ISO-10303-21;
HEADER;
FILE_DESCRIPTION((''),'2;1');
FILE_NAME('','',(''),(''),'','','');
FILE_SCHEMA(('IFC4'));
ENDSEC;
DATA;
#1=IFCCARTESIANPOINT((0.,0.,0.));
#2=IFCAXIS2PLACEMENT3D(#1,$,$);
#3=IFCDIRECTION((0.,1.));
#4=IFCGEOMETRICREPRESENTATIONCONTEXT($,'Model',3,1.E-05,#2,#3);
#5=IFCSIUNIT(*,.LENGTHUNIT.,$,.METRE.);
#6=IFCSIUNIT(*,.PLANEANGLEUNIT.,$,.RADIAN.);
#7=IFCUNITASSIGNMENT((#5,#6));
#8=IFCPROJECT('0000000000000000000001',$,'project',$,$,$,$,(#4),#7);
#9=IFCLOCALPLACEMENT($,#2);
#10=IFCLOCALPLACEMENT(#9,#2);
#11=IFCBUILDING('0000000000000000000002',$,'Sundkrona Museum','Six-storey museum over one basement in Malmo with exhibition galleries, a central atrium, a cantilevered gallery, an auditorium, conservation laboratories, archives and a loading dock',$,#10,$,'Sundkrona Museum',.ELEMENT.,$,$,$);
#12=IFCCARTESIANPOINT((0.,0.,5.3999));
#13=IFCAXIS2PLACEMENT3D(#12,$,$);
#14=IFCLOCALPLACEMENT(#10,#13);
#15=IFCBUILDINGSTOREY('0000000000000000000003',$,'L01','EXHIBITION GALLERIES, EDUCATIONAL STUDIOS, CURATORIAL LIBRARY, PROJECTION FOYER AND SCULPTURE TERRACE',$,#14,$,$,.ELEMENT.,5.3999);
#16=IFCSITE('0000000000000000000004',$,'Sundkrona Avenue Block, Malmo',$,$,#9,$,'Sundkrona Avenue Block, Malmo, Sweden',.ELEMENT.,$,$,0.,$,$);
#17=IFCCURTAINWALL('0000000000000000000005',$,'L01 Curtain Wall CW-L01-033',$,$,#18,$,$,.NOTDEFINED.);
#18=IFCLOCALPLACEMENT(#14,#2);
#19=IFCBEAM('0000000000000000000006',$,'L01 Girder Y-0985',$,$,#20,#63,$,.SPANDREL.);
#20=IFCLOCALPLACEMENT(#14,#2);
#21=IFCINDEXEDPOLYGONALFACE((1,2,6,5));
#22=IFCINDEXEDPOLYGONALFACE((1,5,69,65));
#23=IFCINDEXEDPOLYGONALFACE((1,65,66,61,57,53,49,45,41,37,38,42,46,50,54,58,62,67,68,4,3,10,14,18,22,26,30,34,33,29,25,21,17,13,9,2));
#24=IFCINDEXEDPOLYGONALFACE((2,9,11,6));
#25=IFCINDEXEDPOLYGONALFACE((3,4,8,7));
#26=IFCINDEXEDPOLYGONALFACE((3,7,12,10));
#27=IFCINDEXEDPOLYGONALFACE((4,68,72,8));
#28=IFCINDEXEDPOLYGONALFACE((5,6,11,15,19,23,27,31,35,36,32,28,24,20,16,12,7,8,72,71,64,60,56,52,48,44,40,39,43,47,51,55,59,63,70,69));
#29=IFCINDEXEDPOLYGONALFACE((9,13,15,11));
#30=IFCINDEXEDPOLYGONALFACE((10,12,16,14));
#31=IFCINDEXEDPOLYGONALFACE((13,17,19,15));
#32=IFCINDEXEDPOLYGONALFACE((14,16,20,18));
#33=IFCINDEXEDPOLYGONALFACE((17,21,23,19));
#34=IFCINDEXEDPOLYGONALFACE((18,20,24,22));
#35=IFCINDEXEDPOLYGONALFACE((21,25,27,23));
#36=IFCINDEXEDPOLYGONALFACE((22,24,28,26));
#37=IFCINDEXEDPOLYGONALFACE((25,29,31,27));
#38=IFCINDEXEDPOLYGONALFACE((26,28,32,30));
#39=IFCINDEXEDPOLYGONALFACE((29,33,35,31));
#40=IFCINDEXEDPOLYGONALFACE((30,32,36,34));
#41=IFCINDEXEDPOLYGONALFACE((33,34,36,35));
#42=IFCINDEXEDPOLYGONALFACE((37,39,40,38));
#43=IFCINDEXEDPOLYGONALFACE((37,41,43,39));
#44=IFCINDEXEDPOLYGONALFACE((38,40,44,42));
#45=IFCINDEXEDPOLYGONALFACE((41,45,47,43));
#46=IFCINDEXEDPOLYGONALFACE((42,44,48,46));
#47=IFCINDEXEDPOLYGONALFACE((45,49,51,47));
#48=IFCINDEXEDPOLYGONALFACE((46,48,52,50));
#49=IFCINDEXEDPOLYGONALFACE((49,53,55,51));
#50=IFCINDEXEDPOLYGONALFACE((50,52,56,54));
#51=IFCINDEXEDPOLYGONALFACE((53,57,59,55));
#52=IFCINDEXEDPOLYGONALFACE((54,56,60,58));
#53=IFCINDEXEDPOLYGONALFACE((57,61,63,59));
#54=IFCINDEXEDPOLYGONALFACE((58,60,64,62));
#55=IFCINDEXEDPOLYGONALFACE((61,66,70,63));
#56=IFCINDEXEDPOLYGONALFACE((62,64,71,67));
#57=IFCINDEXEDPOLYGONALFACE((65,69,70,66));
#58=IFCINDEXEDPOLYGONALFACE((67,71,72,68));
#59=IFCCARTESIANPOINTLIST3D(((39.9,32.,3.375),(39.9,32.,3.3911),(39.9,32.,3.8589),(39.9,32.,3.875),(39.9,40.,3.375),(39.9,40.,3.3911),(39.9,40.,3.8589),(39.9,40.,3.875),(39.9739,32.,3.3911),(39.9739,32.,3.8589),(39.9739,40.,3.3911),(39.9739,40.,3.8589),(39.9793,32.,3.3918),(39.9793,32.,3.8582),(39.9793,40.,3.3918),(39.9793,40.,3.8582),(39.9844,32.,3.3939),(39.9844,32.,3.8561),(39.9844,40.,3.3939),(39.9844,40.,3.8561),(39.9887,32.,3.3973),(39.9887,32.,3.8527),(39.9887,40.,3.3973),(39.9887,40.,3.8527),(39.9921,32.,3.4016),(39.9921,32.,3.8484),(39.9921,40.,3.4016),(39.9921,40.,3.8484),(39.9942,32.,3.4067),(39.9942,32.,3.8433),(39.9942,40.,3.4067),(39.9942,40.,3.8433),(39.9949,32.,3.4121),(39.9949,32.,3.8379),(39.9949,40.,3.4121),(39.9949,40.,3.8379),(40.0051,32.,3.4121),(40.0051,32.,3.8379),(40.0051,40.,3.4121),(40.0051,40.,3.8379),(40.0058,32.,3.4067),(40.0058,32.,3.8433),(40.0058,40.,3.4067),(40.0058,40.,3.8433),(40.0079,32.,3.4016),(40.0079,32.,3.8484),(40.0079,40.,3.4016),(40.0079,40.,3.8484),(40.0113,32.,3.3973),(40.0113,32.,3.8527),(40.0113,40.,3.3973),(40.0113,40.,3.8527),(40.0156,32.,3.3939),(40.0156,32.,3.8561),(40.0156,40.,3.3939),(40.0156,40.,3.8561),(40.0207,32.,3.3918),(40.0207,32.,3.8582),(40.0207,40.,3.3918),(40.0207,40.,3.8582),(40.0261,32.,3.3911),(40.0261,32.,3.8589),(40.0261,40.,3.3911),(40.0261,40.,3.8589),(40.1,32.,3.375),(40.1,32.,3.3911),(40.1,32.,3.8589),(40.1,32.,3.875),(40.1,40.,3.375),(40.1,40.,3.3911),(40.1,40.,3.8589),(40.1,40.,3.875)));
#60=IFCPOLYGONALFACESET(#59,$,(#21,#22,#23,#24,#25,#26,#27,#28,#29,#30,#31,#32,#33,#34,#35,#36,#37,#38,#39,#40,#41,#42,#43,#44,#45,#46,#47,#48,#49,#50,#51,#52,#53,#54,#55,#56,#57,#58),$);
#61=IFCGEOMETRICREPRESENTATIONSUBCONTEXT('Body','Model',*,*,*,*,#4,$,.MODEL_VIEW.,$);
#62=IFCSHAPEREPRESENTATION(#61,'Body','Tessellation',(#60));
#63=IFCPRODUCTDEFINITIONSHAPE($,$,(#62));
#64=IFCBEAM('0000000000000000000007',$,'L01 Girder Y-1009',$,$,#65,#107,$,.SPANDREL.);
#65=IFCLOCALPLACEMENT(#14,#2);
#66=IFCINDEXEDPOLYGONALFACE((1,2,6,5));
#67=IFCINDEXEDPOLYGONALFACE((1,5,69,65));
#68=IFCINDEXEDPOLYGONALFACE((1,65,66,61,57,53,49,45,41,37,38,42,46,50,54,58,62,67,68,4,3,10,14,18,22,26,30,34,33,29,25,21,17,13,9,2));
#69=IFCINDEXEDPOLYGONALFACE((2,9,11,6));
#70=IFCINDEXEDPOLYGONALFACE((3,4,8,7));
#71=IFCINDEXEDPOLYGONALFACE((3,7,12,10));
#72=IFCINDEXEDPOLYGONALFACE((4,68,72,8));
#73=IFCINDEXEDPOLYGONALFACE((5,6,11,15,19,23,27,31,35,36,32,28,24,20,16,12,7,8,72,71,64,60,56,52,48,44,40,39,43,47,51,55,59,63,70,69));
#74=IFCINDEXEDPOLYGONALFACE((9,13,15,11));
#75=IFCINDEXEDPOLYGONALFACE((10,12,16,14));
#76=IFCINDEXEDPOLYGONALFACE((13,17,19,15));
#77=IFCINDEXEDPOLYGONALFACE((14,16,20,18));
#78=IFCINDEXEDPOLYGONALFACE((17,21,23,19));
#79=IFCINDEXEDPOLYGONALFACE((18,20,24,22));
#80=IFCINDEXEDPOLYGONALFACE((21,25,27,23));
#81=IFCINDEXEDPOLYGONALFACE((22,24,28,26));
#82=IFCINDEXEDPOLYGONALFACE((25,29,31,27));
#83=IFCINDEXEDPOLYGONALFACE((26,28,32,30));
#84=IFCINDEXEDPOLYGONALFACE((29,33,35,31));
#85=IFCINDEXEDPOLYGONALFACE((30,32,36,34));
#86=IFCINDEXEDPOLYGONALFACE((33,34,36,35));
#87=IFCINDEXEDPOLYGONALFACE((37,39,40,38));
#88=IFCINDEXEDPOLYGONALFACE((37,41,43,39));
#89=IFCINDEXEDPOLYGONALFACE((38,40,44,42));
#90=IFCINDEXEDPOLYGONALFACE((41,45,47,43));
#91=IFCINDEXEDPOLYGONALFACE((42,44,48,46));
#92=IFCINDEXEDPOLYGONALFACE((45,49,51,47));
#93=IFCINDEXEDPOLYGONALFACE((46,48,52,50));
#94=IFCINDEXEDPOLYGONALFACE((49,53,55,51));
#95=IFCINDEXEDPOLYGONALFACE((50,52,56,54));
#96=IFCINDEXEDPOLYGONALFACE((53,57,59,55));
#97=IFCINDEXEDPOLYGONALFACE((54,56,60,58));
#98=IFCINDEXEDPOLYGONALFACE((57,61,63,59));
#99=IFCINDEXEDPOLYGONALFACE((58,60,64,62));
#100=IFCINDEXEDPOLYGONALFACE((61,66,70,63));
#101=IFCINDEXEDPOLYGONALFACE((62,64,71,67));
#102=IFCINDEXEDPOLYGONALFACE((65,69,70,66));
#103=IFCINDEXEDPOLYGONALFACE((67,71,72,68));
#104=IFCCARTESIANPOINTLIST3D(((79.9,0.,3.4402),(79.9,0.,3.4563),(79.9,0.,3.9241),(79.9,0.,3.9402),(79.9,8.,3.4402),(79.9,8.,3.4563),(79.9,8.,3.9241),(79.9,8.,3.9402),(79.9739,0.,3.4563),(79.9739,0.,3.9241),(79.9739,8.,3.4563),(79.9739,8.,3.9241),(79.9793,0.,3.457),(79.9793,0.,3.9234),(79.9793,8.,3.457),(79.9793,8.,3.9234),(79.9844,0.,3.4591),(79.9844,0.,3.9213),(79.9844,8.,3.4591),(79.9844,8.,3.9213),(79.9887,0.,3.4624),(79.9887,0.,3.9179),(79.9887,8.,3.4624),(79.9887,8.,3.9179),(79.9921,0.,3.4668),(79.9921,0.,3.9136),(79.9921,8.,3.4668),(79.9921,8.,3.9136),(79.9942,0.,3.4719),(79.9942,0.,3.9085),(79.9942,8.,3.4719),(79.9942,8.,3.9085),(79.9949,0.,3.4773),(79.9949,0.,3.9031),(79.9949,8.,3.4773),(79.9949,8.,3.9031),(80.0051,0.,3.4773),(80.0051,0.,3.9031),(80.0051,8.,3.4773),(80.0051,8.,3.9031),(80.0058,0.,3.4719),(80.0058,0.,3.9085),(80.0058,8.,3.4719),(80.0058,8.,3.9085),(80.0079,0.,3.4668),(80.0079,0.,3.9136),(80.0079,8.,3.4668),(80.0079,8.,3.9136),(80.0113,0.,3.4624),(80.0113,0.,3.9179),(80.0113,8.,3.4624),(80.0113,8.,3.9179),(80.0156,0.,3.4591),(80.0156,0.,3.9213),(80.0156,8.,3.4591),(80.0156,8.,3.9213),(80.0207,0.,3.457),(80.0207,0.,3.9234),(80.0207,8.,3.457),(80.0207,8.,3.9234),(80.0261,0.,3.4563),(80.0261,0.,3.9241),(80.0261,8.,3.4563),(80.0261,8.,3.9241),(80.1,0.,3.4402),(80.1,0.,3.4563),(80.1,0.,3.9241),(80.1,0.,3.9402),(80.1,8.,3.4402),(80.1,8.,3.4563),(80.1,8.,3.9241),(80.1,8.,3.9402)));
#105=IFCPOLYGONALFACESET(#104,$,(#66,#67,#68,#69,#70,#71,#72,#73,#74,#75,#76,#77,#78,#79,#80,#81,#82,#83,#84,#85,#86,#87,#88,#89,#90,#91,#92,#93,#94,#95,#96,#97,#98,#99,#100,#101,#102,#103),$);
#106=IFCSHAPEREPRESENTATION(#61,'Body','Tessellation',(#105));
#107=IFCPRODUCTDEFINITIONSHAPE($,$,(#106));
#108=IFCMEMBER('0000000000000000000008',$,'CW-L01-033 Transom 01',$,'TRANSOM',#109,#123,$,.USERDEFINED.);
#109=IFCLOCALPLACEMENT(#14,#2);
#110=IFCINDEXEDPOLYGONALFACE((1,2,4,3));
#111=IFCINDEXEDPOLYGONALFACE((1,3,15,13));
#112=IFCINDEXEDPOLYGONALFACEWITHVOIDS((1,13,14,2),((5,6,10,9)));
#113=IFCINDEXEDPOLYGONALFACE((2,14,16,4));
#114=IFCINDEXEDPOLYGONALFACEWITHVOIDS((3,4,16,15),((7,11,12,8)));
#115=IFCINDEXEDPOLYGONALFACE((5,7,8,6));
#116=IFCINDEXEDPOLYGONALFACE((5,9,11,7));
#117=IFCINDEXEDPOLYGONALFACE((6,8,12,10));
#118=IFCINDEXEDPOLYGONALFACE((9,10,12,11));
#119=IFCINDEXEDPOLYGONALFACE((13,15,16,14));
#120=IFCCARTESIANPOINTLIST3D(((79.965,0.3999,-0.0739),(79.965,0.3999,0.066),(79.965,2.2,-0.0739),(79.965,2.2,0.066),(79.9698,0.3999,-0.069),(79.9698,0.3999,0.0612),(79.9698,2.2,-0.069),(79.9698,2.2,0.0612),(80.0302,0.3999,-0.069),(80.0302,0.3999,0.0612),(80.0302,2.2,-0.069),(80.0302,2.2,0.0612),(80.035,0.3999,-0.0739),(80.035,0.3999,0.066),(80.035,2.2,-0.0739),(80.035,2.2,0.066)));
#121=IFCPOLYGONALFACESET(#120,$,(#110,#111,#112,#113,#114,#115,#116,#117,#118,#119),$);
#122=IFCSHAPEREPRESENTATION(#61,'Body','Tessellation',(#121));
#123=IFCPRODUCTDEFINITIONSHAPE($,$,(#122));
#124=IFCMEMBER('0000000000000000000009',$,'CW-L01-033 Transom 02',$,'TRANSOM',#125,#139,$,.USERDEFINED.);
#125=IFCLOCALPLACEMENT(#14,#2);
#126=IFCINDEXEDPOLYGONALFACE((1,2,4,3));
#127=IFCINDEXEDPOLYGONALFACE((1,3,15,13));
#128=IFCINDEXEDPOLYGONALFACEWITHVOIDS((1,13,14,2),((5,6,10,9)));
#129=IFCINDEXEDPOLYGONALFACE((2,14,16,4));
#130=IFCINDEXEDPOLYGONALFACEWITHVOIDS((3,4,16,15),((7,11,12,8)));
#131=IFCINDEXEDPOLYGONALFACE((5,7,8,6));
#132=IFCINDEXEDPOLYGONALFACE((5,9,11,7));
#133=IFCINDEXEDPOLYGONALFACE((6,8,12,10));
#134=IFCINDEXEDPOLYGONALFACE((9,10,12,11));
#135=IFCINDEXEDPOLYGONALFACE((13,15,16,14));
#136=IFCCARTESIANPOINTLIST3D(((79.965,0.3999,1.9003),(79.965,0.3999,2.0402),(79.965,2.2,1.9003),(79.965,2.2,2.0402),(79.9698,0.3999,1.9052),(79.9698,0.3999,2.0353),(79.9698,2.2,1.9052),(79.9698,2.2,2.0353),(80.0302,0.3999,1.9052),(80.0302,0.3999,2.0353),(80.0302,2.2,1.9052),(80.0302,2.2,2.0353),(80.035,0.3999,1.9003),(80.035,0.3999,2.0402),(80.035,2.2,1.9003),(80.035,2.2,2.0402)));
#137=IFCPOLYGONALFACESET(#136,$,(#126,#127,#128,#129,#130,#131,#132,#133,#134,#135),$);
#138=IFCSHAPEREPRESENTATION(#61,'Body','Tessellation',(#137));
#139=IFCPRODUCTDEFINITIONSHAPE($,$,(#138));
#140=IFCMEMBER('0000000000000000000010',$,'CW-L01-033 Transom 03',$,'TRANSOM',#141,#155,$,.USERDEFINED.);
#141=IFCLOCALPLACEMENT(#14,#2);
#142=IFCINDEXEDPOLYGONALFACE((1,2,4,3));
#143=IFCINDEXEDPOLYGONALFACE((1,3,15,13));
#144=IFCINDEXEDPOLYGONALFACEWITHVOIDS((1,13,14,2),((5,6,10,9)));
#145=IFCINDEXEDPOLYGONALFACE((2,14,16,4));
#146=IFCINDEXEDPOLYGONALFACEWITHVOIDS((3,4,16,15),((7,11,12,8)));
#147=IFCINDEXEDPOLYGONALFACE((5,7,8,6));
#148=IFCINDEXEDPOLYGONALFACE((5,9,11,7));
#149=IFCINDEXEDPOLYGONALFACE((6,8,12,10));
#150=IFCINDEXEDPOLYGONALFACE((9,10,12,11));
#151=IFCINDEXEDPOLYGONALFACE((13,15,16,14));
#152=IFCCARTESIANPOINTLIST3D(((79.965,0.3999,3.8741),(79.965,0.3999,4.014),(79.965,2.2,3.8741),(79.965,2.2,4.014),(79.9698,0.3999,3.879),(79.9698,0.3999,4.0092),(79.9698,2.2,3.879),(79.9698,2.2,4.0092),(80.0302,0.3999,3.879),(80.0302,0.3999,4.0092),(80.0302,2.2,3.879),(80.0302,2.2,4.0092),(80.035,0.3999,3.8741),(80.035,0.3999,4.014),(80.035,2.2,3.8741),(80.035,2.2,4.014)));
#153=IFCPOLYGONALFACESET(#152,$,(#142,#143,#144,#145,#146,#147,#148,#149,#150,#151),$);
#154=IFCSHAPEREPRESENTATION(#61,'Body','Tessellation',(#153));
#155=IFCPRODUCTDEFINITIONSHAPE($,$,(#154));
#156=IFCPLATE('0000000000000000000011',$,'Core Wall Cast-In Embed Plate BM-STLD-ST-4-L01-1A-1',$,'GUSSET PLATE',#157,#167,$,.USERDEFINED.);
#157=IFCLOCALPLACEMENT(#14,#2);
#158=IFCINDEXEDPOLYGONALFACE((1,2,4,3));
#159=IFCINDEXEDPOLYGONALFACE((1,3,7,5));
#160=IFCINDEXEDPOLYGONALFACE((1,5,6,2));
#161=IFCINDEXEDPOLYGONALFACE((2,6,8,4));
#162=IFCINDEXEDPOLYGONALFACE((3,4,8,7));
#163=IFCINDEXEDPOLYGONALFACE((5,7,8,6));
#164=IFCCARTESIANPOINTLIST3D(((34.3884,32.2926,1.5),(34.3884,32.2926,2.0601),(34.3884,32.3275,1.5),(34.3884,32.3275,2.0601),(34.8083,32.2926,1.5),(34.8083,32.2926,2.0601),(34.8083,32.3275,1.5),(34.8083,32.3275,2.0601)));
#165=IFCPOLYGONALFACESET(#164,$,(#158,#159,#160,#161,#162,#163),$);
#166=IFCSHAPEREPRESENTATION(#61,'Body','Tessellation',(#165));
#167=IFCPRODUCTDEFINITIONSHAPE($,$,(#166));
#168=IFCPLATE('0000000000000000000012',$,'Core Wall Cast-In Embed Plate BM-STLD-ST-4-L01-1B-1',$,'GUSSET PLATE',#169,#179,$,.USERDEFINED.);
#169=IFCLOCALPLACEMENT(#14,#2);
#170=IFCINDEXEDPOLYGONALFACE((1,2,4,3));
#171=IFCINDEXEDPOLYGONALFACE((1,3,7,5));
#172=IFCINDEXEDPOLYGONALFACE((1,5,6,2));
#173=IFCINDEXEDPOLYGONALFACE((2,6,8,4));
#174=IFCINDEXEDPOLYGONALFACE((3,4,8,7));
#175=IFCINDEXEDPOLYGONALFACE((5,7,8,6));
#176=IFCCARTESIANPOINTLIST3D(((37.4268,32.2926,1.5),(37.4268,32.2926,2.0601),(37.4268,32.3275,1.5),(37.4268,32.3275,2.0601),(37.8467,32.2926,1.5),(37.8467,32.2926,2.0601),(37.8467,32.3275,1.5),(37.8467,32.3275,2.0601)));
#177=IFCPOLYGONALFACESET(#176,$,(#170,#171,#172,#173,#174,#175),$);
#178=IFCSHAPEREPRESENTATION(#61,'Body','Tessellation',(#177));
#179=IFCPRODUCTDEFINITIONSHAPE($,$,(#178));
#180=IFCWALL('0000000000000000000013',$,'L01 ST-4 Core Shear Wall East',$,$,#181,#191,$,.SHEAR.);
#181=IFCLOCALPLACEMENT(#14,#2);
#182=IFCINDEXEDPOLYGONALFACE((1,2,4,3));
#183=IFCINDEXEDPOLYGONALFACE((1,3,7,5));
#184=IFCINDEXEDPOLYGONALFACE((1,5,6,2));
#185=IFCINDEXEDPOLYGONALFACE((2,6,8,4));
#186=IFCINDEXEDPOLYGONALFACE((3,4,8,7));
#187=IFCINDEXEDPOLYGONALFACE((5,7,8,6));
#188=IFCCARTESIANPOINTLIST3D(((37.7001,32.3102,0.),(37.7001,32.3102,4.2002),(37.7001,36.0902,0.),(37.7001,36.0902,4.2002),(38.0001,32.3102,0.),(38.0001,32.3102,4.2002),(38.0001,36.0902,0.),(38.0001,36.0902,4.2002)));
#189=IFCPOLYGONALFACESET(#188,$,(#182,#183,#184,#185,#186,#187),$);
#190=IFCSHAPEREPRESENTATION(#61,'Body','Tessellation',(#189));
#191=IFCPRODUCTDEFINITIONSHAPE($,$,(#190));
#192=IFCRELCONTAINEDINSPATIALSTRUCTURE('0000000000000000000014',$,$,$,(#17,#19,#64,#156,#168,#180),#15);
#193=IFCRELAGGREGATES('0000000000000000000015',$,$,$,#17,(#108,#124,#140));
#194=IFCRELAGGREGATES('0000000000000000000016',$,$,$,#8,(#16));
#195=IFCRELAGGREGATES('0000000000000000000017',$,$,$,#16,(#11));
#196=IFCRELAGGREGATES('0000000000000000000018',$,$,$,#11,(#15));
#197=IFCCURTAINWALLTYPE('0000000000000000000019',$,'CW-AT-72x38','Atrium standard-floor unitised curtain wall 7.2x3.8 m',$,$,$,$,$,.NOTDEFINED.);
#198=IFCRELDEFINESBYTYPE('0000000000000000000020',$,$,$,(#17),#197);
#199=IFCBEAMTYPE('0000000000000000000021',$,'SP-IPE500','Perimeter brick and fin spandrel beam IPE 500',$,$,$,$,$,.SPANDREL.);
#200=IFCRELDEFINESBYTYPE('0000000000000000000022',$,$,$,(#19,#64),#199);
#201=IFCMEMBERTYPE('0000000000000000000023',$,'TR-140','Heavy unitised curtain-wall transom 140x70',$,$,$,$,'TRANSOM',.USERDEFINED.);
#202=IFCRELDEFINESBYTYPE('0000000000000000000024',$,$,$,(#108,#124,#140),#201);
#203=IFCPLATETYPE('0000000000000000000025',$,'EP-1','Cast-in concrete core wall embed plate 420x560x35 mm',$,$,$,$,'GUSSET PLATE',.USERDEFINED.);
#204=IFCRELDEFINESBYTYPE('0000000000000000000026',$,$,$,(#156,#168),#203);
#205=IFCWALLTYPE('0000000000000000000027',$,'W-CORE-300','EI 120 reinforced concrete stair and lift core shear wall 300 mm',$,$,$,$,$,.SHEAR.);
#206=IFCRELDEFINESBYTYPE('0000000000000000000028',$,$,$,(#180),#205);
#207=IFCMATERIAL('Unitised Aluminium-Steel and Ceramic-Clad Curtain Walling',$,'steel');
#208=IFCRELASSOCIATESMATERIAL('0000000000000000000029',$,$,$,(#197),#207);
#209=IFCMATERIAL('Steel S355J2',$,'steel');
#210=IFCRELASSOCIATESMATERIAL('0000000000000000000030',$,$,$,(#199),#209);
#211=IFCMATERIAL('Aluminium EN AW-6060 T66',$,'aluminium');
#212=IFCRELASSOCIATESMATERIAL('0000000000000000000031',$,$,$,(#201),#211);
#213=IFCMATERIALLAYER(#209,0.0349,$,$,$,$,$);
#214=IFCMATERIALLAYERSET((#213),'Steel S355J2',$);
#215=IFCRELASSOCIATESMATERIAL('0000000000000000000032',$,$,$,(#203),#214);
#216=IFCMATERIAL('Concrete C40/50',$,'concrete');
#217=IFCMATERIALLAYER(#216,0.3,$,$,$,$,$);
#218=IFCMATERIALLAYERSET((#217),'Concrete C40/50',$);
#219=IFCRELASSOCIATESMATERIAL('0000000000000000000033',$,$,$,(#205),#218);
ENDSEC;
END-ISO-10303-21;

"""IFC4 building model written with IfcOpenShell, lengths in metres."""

from ifc_helpers import new_model, si_unit, direction, frame, frame_2d, origin, origin_2d, place, context, subcontext, project, spatial, rectangle, hollow_rectangle, i_section, extrude, material, layer, layer_set, material_profile, profile_set, type_object, element, aggregate, save


model = new_model("IFC4")

# Units and contexts
model_context = context("Model", 3, precision=1e-05, world=origin(), true_north=direction((0.0, 1.0)))
body_context = subcontext(model_context, "Body", "Model", "MODEL_VIEW")
ifc_project = project(units=[si_unit("LENGTHUNIT", "METRE"), si_unit("PLANEANGLEUNIT", "RADIAN")], contexts=[model_context])

# Site, building, storey
site_placement = place(None, origin())
site = spatial("IfcSite", under=ifc_project, at=site_placement, Name="Sundkrona Avenue Block, Malmo", LongName="Sundkrona Avenue Block, Malmo, Sweden", CompositionType="ELEMENT", RefElevation=0.0)
building_placement = place(site_placement, origin())
building = spatial("IfcBuilding", under=site, at=building_placement, Name="Sundkrona Museum", Description="Six-storey museum over one basement in Malmo with exhibition galleries, a central atrium, a cantilevered gallery, an auditorium, conservation laboratories, archives and a loading dock", LongName="Sundkrona Museum", CompositionType="ELEMENT")
storey_placement = place(building_placement, frame((0.0, 0.0, 5.3999)))
storey = spatial("IfcBuildingStorey", under=building, at=storey_placement, Name="L01", Description="EXHIBITION GALLERIES, EDUCATIONAL STUDIOS, CURATORIAL LIBRARY, PROJECTION FOYER AND SCULPTURE TERRACE", CompositionType="ELEMENT", Elevation=5.3999)

# Shared definitions
ifc_material_1 = material(Name="Steel S355J2", Category="steel")

# Curtain wall
ifc_material_2 = material(Name="Unitised Aluminium-Steel and Ceramic-Clad Curtain Walling", Category="steel")
curtain_wall_type = type_object("IfcCurtainWallType", Name="CW-AT-72x38", Description="Atrium standard-floor unitised curtain wall 7.2x3.8 m", PredefinedType="NOTDEFINED", material=ifc_material_2)
curtain_wall_placement = place(storey_placement, origin())
curtain_wall = element("IfcCurtainWall", 1, at=curtain_wall_placement, inside=storey, type_object=curtain_wall_type, Name="L01 Curtain Wall CW-L01-033", PredefinedType="NOTDEFINED")
ifc_material_3 = material(Name="Aluminium EN AW-6060 T66", Category="aluminium")

# Beams
ifc_material_profile_1 = material_profile(ifc_material_1, i_section(OverallWidth=0.2, OverallDepth=0.5, WebThickness=0.0103, FlangeThickness=0.0161, FilletRadius=0.021, at=origin_2d()), Name="IPE 500")
ifc_profile_set_1 = profile_set([ifc_material_profile_1], Name="Steel S355J2")
beam_type_1 = type_object("IfcBeamType", Name="SP-IPE500", Description="Perimeter brick and fin spandrel beam IPE 500", PredefinedType="SPANDREL", material=ifc_profile_set_1)
for number, where, z_axis, x_axis, name in (
    (2, (40.0, 32.0, 3.625), (0.0, 1.0, 0.0), (-1.0, 0.0, 0.0), "L01 Girder Y-0985"),
    (3, (80.0, 0.0, 3.6902), (0.0, 1.0, 0.0), (-1.0, 0.0, 0.0), "L01 Girder Y-1009"),
):
    element("IfcBeam", number, at=place(storey_placement, frame(where, z_axis=z_axis, x_axis=x_axis)), inside=storey, type_object=beam_type_1, Name=name, PredefinedType="SPANDREL", context=body_context, shape_type="SweptSolid", body=[
        extrude(i_section(OverallWidth=0.2, OverallDepth=0.5, WebThickness=0.0103, FlangeThickness=0.0161, FilletRadius=0.021, at=origin_2d()), origin(), (0.0, 0.0, 1.0), 8.0),
    ])

# Members
ifc_material_profile_2 = material_profile(ifc_material_3, hollow_rectangle(XDim=0.0701, YDim=0.1399, WallThickness=0.0049, at=origin_2d()), Name="RHS 140x70x5.0")
ifc_profile_set_2 = profile_set([ifc_material_profile_2], Name="Aluminium EN AW-6060 T66")
member_type_1 = type_object("IfcMemberType", Name="TR-140", Description="Heavy unitised curtain-wall transom 140x70", ElementType="TRANSOM", PredefinedType="USERDEFINED", material=ifc_profile_set_2)
member_1_placement = place(storey_placement, frame((80.0, 0.3999, -0.0039), z_axis=(0.0, 1.0, 0.0), x_axis=(-1.0, 0.0, 0.0)))
member_1 = element("IfcMember", 4, at=member_1_placement, type_object=member_type_1, Name="CW-L01-033 Transom 01", ObjectType="TRANSOM", PredefinedType="USERDEFINED", context=body_context, shape_type="SweptSolid", body=[
    extrude(hollow_rectangle(XDim=0.0701, YDim=0.1399, WallThickness=0.0049, at=origin_2d()), origin(), (0.0, 0.0, 1.0), 1.8),
])
member_2_placement = place(storey_placement, frame((80.0, 0.3999, 1.9702), z_axis=(0.0, 1.0, 0.0), x_axis=(-1.0, 0.0, 0.0)))
member_2 = element("IfcMember", 5, at=member_2_placement, type_object=member_type_1, Name="CW-L01-033 Transom 02", ObjectType="TRANSOM", PredefinedType="USERDEFINED", context=body_context, shape_type="SweptSolid", body=[
    extrude(hollow_rectangle(XDim=0.0701, YDim=0.1399, WallThickness=0.0049, at=origin_2d()), origin(), (0.0, 0.0, 1.0), 1.8),
])
member_3_placement = place(storey_placement, frame((80.0, 0.3999, 3.9441), z_axis=(0.0, 1.0, 0.0), x_axis=(-1.0, 0.0, 0.0)))
member_3 = element("IfcMember", 6, at=member_3_placement, type_object=member_type_1, Name="CW-L01-033 Transom 03", ObjectType="TRANSOM", PredefinedType="USERDEFINED", context=body_context, shape_type="SweptSolid", body=[
    extrude(hollow_rectangle(XDim=0.0701, YDim=0.1399, WallThickness=0.0049, at=origin_2d()), origin(), (0.0, 0.0, 1.0), 1.8),
])
aggregate(curtain_wall, [member_1, member_2, member_3])

# Plates
ifc_layer_1 = layer(ifc_material_1, 0.0349)
ifc_layer_set_1 = layer_set([ifc_layer_1], Name="Steel S355J2")
plate_type = type_object("IfcPlateType", Name="EP-1", Description="Cast-in concrete core wall embed plate 420x560x35 mm", ElementType="GUSSET PLATE", PredefinedType="USERDEFINED", material=ifc_layer_set_1)
for number, where, z_axis, x_axis, name in (
    (7, (34.5984, 32.3101, 1.5), (0.0, 0.0, 1.0), (1.0, 0.0, 0.0), "Core Wall Cast-In Embed Plate BM-STLD-ST-4-L01-1A-1"),
    (8, (37.6367, 32.3101, 1.5), (0.0, 0.0, 1.0), (1.0, 0.0, 0.0), "Core Wall Cast-In Embed Plate BM-STLD-ST-4-L01-1B-1"),
):
    element("IfcPlate", number, at=place(storey_placement, frame(where, z_axis=z_axis, x_axis=x_axis)), inside=storey, type_object=plate_type, Name=name, ObjectType="GUSSET PLATE", PredefinedType="USERDEFINED", context=body_context, shape_type="SweptSolid", body=[
        extrude(rectangle(XDim=0.4199, YDim=0.0349, at=origin_2d()), origin(), (0.0, 0.0, 1.0), 0.5601),
    ])

# Wall
ifc_material_4 = material(Name="Concrete C40/50", Category="concrete")
ifc_layer_2 = layer(ifc_material_4, 0.3)
ifc_layer_set_2 = layer_set([ifc_layer_2], Name="Concrete C40/50")
wall_type_1 = type_object("IfcWallType", Name="W-CORE-300", Description="EI 120 reinforced concrete stair and lift core shear wall 300 mm", PredefinedType="SHEAR", material=ifc_layer_set_2)
wall_1_placement = place(storey_placement, frame((37.8501, 32.3101, 0.0), z_axis=(0.0, 0.0, 1.0), x_axis=(0.0, 1.0, 0.0)))
element("IfcWall", 9, at=wall_1_placement, inside=storey, type_object=wall_type_1, Name="L01 ST-4 Core Shear Wall East", PredefinedType="SHEAR", context=body_context, shape_type="SweptSolid", body=[
    extrude(rectangle(XDim=3.78, YDim=0.3, at=frame_2d((1.8901, 0.0))), origin(), (0.0, 0.0, 1.0), 4.2002),
])

save(model, "model.ifc")
